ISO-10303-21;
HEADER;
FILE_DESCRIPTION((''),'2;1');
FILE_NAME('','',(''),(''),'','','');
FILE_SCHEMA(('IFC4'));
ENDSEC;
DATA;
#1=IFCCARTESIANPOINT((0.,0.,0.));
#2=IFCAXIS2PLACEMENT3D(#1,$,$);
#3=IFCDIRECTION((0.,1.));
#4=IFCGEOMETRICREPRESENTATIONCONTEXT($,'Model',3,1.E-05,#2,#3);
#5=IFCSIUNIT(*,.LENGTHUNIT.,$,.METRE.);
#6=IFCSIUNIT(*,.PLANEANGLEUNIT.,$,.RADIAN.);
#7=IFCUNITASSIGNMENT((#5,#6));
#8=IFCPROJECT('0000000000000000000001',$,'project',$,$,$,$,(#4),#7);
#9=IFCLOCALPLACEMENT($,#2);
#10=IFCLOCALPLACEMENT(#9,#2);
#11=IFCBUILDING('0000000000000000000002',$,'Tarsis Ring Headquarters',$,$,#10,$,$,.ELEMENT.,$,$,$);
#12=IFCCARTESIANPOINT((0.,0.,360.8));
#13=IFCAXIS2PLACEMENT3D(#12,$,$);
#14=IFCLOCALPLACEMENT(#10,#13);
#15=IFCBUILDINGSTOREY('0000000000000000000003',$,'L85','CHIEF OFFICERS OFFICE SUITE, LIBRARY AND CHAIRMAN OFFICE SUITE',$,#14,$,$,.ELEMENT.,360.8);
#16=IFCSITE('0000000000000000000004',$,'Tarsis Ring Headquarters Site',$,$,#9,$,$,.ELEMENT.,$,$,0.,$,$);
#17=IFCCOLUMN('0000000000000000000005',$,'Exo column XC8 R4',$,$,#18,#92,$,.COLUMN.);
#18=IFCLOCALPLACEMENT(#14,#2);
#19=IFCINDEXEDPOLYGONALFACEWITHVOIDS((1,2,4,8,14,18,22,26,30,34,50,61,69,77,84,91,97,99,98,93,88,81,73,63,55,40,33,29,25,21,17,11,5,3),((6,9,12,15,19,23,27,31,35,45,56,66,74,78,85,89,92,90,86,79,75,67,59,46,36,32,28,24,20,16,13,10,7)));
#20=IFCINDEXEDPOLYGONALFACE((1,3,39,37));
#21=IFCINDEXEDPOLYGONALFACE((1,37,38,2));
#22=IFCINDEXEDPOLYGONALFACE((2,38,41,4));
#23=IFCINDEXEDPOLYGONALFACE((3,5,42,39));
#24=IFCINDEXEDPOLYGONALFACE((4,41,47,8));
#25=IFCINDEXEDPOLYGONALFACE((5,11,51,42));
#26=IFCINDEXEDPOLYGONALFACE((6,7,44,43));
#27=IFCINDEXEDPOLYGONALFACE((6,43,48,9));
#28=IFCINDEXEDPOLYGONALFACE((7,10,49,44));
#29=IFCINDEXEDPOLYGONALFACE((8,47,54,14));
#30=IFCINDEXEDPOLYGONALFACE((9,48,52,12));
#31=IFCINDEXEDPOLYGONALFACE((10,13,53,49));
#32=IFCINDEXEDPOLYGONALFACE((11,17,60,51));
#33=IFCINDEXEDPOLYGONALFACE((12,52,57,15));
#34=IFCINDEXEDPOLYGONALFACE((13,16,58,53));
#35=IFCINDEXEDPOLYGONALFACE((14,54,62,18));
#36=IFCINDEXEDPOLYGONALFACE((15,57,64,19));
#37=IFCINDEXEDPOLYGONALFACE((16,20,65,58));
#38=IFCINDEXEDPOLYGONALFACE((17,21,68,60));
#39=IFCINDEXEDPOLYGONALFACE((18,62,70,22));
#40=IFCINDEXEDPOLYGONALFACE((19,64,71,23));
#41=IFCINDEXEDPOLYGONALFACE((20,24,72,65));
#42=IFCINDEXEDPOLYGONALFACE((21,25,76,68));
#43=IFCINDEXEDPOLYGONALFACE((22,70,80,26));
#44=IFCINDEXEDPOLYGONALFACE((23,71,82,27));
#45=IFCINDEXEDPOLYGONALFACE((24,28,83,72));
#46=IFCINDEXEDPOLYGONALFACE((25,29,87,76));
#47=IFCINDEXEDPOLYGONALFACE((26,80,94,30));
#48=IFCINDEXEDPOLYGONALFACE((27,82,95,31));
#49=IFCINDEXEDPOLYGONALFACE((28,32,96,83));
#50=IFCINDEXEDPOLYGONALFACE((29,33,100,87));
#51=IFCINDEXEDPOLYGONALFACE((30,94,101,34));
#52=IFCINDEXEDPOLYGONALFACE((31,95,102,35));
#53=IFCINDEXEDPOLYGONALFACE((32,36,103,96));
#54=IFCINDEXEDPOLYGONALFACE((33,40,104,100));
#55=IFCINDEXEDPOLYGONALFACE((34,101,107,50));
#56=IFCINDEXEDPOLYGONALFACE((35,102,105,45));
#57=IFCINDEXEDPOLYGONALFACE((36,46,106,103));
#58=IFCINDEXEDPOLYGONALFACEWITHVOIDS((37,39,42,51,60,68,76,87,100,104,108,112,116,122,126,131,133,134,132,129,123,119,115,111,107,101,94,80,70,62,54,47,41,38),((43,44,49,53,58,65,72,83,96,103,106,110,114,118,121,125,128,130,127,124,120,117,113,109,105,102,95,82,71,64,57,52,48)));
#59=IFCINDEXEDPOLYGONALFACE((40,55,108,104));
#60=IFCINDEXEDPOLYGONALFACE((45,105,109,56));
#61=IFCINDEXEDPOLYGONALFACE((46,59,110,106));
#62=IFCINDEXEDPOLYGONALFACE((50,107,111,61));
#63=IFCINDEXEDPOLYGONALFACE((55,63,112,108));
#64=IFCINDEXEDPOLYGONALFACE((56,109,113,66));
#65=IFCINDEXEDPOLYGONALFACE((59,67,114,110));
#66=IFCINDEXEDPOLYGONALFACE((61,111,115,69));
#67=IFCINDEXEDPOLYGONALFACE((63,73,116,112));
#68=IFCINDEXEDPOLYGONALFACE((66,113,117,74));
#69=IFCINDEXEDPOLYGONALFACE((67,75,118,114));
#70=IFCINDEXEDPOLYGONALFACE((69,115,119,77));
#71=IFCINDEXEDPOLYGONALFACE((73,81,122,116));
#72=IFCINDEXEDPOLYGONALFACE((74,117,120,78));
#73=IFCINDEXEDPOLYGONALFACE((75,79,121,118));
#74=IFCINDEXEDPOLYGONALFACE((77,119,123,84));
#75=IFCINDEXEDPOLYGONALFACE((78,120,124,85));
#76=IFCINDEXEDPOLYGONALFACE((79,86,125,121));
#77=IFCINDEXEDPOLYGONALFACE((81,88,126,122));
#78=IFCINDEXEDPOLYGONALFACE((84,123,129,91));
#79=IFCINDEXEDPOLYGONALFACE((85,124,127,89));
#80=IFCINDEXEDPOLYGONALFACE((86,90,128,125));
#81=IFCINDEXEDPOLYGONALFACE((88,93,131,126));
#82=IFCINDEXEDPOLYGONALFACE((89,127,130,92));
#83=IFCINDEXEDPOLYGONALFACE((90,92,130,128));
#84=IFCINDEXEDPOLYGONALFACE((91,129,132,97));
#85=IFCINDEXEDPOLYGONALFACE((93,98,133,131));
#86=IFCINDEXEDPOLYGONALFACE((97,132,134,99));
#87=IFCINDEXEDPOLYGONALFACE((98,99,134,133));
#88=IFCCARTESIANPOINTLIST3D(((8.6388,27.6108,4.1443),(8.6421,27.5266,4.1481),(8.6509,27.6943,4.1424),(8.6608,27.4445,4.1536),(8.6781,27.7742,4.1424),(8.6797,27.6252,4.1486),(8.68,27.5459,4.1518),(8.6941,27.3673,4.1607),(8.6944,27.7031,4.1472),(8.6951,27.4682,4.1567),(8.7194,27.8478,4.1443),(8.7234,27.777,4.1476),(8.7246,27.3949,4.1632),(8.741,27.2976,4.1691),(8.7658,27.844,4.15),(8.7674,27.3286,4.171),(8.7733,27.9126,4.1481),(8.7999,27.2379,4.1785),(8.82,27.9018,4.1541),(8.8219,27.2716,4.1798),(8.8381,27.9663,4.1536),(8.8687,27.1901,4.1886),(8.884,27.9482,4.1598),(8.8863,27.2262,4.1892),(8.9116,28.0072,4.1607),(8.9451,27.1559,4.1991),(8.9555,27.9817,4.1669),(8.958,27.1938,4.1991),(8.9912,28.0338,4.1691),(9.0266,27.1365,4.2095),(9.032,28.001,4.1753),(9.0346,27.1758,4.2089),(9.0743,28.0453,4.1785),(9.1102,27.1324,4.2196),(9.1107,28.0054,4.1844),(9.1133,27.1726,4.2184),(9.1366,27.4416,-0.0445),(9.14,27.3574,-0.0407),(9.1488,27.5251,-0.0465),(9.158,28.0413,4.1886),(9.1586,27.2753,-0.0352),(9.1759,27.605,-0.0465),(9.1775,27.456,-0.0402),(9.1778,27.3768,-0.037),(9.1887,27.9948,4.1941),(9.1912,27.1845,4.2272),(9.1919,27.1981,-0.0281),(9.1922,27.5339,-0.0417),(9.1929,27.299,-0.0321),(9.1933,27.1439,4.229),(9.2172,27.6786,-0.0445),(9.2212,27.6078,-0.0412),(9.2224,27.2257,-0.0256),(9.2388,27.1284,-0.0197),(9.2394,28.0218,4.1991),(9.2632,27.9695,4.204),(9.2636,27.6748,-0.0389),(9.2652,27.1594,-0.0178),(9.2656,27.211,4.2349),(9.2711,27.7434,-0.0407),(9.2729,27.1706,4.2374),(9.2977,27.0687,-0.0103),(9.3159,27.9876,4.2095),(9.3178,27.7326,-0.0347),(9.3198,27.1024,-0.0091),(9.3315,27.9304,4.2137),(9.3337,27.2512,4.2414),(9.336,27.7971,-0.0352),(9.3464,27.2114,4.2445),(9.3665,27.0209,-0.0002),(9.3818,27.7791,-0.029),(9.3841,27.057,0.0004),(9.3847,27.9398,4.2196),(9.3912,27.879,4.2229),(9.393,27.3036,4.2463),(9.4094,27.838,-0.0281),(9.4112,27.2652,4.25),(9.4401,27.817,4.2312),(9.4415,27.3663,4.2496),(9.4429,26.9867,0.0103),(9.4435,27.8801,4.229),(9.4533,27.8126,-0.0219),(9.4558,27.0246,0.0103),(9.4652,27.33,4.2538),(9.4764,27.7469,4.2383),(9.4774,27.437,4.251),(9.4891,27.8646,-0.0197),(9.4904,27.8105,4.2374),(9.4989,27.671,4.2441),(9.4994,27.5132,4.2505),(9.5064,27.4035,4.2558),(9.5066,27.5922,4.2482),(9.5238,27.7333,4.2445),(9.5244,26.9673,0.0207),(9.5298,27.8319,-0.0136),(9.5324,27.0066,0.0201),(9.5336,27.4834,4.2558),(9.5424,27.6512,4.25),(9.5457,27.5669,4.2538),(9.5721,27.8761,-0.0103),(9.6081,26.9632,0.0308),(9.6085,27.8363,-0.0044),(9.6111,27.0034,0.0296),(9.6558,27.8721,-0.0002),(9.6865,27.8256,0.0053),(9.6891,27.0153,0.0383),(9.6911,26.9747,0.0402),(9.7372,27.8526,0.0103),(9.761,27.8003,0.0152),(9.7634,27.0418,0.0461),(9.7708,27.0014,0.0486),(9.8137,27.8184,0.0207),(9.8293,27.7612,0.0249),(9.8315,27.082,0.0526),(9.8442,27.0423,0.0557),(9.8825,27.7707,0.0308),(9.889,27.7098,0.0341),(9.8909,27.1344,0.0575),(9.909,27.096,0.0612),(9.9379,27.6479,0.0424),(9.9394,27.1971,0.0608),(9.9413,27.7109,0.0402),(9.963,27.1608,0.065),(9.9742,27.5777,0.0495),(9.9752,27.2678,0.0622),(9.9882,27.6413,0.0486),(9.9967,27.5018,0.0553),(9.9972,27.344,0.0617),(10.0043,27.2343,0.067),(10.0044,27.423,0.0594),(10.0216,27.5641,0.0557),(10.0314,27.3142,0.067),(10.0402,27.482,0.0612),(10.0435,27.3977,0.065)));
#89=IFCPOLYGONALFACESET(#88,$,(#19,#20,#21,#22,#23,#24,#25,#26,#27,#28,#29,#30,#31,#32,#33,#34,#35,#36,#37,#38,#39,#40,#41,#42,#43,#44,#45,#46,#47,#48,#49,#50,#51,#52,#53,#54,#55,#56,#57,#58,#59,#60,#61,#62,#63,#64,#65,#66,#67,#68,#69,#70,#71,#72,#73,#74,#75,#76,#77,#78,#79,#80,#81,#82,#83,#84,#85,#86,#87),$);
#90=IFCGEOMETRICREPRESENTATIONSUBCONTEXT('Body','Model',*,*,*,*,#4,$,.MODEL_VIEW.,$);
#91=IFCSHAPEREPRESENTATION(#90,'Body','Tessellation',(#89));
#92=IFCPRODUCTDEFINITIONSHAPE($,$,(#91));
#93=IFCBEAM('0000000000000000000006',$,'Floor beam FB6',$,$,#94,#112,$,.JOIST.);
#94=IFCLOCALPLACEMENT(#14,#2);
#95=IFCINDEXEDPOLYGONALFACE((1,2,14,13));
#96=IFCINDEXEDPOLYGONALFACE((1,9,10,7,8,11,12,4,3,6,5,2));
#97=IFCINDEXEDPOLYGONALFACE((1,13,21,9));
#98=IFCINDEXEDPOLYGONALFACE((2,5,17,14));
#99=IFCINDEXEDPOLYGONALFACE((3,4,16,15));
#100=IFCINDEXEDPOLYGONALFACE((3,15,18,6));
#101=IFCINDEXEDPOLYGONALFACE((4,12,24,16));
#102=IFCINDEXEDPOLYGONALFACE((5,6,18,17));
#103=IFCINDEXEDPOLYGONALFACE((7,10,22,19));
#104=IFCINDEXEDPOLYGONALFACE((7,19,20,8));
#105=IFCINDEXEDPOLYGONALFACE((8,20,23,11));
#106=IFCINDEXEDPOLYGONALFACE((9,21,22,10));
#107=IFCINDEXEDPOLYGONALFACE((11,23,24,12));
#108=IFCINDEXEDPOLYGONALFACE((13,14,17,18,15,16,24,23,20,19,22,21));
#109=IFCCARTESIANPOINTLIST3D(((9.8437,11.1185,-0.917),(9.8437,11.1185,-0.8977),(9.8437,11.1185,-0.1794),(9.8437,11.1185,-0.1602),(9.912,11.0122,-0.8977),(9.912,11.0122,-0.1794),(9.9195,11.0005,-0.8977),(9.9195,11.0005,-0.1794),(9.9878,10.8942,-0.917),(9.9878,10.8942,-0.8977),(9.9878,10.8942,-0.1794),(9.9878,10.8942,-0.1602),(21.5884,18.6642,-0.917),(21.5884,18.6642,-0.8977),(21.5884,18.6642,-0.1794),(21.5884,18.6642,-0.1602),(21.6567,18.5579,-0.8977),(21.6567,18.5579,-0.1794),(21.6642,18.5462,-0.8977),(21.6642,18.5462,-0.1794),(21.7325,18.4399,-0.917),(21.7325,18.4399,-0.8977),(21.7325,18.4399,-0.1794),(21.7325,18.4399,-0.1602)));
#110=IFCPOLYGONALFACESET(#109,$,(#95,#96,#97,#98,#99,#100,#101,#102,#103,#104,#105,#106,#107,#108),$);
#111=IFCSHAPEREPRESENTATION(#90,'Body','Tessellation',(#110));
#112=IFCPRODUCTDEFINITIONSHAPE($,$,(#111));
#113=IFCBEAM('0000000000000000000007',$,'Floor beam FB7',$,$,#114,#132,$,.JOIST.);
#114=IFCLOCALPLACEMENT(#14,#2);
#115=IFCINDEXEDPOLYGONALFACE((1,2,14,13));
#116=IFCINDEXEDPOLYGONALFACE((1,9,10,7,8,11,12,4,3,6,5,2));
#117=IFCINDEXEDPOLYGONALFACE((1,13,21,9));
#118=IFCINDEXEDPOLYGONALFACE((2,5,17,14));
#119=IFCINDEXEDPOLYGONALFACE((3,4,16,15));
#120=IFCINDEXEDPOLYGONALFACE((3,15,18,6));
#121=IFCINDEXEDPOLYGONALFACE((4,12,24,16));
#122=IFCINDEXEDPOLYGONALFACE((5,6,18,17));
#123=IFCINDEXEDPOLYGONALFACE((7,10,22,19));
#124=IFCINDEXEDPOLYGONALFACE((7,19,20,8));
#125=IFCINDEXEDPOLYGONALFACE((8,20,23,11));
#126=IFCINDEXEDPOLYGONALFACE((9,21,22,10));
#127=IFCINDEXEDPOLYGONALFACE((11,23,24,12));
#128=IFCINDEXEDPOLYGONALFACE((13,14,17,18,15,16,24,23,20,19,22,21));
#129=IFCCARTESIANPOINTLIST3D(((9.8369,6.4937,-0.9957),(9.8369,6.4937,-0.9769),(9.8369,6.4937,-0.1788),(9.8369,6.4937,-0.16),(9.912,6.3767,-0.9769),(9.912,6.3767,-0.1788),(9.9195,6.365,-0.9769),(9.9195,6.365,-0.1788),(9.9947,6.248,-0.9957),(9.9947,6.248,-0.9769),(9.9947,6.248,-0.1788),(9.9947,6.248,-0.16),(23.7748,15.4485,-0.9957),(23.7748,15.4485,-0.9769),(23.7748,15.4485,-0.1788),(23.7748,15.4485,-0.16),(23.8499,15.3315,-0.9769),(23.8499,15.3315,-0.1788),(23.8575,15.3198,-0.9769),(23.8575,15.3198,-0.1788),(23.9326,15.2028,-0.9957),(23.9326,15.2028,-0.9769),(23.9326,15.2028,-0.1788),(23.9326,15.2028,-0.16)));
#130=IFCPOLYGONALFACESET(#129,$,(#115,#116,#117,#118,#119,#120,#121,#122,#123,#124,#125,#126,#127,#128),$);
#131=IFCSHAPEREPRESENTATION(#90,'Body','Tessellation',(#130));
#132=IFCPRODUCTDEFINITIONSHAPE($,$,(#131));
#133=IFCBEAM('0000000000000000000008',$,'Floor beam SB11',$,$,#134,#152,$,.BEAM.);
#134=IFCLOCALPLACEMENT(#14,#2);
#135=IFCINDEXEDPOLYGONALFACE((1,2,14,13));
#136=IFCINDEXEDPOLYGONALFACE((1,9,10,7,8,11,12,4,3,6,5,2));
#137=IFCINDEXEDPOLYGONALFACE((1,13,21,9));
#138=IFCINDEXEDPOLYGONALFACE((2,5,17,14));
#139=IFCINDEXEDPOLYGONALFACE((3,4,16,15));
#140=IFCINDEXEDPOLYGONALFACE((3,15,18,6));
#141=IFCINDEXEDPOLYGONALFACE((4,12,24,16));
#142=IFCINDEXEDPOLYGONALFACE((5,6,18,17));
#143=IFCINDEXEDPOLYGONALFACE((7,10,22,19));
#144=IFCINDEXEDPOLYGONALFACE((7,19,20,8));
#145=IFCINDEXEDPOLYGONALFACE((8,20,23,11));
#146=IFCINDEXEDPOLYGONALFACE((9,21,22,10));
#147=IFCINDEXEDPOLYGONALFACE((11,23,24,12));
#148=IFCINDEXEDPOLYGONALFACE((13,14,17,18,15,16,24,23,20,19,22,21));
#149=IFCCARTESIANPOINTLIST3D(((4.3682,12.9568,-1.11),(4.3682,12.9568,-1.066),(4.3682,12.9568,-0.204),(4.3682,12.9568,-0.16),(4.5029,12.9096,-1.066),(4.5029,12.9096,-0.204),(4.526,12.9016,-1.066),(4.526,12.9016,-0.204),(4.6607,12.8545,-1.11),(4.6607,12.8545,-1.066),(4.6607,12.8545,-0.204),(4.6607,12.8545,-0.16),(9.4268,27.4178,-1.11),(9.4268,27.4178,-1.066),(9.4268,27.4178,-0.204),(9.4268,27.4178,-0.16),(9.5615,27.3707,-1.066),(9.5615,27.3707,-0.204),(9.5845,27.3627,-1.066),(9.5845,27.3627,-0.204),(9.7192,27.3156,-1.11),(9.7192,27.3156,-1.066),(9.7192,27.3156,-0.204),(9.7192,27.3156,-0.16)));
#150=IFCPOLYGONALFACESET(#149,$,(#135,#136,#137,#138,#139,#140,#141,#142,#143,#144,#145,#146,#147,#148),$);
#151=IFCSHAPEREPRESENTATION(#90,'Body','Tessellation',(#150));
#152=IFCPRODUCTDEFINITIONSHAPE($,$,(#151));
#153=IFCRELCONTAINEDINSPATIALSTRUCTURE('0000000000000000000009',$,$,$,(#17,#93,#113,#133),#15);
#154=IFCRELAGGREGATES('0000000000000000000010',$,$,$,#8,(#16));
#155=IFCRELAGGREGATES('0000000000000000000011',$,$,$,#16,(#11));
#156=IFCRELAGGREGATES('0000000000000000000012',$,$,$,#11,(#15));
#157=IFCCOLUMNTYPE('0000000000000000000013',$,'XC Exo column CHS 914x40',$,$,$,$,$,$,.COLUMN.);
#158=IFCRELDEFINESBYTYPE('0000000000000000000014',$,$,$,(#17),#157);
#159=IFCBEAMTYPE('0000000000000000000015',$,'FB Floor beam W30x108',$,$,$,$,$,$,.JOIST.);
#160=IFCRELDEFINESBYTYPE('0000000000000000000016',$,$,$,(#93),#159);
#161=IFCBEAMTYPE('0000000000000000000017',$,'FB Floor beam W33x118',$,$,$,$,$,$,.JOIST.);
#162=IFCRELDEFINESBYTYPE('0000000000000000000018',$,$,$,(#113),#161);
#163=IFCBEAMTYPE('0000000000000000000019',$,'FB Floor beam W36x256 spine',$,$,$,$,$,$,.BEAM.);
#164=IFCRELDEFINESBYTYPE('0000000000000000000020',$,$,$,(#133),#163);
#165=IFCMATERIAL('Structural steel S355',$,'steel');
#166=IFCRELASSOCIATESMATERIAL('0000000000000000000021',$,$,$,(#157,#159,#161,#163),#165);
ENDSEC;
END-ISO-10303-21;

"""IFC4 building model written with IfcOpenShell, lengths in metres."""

from ifc_helpers import new_model, si_unit, direction, frame, origin, origin_2d, place, context, subcontext, project, spatial, hollow_circle, i_section, extrude, material, material_profile, profile_set, type_object, element, save


model = new_model("IFC4")

# Units and contexts
model_context = context("Model", 3, precision=1e-05, world=origin(), true_north=direction((0.0, 1.0)))
body_context = subcontext(model_context, "Body", "Model", "MODEL_VIEW")
ifc_project = project(units=[si_unit("LENGTHUNIT", "METRE"), si_unit("PLANEANGLEUNIT", "RADIAN")], contexts=[model_context])

# Site, building, storey
site_placement = place(None, origin())
site = spatial("IfcSite", under=ifc_project, at=site_placement, Name="Tarsis Ring Headquarters Site", CompositionType="ELEMENT", RefElevation=0.0)
building_placement = place(site_placement, origin())
building = spatial("IfcBuilding", under=site, at=building_placement, Name="Tarsis Ring Headquarters", CompositionType="ELEMENT")
storey_placement = place(building_placement, frame((0.0, 0.0, 360.8)))
storey = spatial("IfcBuildingStorey", under=building, at=storey_placement, Name="L85", Description="CHIEF OFFICERS OFFICE SUITE, LIBRARY AND CHAIRMAN OFFICE SUITE", CompositionType="ELEMENT", Elevation=360.8)

# Column
ifc_material_1 = material(Name="Structural steel S355", Category="steel")
ifc_material_profile_1 = material_profile(ifc_material_1, hollow_circle(Radius=0.457, WallThickness=0.04, at=origin_2d()), Name="CHS 914x40")
ifc_profile_set_1 = profile_set([ifc_material_profile_1], Name="Structural steel S355")
column_type = type_object("IfcColumnType", Name="XC Exo column CHS 914x40", PredefinedType="COLUMN", material=ifc_profile_set_1)
for number, where, z_axis, x_axis, name in (
    (1, (9.5901, 27.4197, 0.0103), (-0.117918, 0.040077, 0.992214), (-0.321795, -0.94681, 0.0), "Exo column XC8 R4"),
):
    element("IfcColumn", number, at=place(storey_placement, frame(where, z_axis=z_axis, x_axis=x_axis)), inside=storey, type_object=column_type, Name=name, PredefinedType="COLUMN", context=body_context, shape_type="SweptSolid", body=[
        extrude(hollow_circle(Radius=0.4573, WallThickness=0.04, at=origin_2d()), origin(), (0.0, 0.0, 1.0), 4.2217),
    ])

# Beams
ifc_material_profile_2 = material_profile(ifc_material_1, i_section(OverallWidth=0.2666, OverallDepth=0.7568, WebThickness=0.0139, FlangeThickness=0.0193, at=origin_2d()), Name="W30x108")
ifc_profile_set_2 = profile_set([ifc_material_profile_2], Name="Structural steel S355")
beam_type_1 = type_object("IfcBeamType", Name="FB Floor beam W30x108", PredefinedType="JOIST", material=ifc_profile_set_2)
beam_1_placement = place(storey_placement, frame((9.9158, 11.0063, -0.5386), z_axis=(0.841324, 0.540531, 0.0), x_axis=(-0.540531, 0.841324, 0.0)))
element("IfcBeam", 2, at=beam_1_placement, inside=storey, type_object=beam_type_1, Name="Floor beam FB6", PredefinedType="JOIST", context=body_context, shape_type="SweptSolid", body=[
    extrude(i_section(OverallWidth=0.2666, OverallDepth=0.7568, WebThickness=0.0139, FlangeThickness=0.0193, at=origin_2d()), origin(), (0.0, 0.0, 1.0), 13.9597),
])
ifc_material_profile_3 = material_profile(ifc_material_1, i_section(OverallWidth=0.292, OverallDepth=0.8357, WebThickness=0.0139, FlangeThickness=0.0188, at=origin_2d()), Name="W33x118")
ifc_profile_set_3 = profile_set([ifc_material_profile_3], Name="Structural steel S355")
beam_type_2 = type_object("IfcBeamType", Name="FB Floor beam W33x118", PredefinedType="JOIST", material=ifc_profile_set_3)
beam_2_placement = place(storey_placement, frame((9.9158, 6.3708, -0.5779), z_axis=(0.841324, 0.540531, 0.0), x_axis=(-0.540531, 0.841324, 0.0)))
element("IfcBeam", 3, at=beam_2_placement, inside=storey, type_object=beam_type_2, Name="Floor beam FB7", PredefinedType="JOIST", context=body_context, shape_type="SweptSolid", body=[
    extrude(i_section(OverallWidth=0.292, OverallDepth=0.8357, WebThickness=0.0139, FlangeThickness=0.0188, at=origin_2d()), origin(), (0.0, 0.0, 1.0), 16.5667),
])
ifc_material_profile_4 = material_profile(ifc_material_1, i_section(OverallWidth=0.3098, OverallDepth=0.95, WebThickness=0.0244, FlangeThickness=0.0439, at=origin_2d()), Name="W36x256")
ifc_profile_set_4 = profile_set([ifc_material_profile_4], Name="Structural steel S355")
beam_type_3 = type_object("IfcBeamType", Name="FB Floor beam W36x256 spine", PredefinedType="BEAM", material=ifc_profile_set_4)
beam_3_placement = place(storey_placement, frame((9.573, 27.3667, -0.635), z_axis=(-0.330186, -0.943916, 0.0), x_axis=(0.943916, -0.330186, 0.0)))
element("IfcBeam", 4, at=beam_3_placement, inside=storey, type_object=beam_type_3, Name="Floor beam SB11", PredefinedType="BEAM", context=body_context, shape_type="SweptSolid", body=[
    extrude(i_section(OverallWidth=0.3098, OverallDepth=0.95, WebThickness=0.0244, FlangeThickness=0.0439, at=origin_2d()), origin(), (0.0, 0.0, 1.0), 15.3203),
])

save(model, "model.ifc")
